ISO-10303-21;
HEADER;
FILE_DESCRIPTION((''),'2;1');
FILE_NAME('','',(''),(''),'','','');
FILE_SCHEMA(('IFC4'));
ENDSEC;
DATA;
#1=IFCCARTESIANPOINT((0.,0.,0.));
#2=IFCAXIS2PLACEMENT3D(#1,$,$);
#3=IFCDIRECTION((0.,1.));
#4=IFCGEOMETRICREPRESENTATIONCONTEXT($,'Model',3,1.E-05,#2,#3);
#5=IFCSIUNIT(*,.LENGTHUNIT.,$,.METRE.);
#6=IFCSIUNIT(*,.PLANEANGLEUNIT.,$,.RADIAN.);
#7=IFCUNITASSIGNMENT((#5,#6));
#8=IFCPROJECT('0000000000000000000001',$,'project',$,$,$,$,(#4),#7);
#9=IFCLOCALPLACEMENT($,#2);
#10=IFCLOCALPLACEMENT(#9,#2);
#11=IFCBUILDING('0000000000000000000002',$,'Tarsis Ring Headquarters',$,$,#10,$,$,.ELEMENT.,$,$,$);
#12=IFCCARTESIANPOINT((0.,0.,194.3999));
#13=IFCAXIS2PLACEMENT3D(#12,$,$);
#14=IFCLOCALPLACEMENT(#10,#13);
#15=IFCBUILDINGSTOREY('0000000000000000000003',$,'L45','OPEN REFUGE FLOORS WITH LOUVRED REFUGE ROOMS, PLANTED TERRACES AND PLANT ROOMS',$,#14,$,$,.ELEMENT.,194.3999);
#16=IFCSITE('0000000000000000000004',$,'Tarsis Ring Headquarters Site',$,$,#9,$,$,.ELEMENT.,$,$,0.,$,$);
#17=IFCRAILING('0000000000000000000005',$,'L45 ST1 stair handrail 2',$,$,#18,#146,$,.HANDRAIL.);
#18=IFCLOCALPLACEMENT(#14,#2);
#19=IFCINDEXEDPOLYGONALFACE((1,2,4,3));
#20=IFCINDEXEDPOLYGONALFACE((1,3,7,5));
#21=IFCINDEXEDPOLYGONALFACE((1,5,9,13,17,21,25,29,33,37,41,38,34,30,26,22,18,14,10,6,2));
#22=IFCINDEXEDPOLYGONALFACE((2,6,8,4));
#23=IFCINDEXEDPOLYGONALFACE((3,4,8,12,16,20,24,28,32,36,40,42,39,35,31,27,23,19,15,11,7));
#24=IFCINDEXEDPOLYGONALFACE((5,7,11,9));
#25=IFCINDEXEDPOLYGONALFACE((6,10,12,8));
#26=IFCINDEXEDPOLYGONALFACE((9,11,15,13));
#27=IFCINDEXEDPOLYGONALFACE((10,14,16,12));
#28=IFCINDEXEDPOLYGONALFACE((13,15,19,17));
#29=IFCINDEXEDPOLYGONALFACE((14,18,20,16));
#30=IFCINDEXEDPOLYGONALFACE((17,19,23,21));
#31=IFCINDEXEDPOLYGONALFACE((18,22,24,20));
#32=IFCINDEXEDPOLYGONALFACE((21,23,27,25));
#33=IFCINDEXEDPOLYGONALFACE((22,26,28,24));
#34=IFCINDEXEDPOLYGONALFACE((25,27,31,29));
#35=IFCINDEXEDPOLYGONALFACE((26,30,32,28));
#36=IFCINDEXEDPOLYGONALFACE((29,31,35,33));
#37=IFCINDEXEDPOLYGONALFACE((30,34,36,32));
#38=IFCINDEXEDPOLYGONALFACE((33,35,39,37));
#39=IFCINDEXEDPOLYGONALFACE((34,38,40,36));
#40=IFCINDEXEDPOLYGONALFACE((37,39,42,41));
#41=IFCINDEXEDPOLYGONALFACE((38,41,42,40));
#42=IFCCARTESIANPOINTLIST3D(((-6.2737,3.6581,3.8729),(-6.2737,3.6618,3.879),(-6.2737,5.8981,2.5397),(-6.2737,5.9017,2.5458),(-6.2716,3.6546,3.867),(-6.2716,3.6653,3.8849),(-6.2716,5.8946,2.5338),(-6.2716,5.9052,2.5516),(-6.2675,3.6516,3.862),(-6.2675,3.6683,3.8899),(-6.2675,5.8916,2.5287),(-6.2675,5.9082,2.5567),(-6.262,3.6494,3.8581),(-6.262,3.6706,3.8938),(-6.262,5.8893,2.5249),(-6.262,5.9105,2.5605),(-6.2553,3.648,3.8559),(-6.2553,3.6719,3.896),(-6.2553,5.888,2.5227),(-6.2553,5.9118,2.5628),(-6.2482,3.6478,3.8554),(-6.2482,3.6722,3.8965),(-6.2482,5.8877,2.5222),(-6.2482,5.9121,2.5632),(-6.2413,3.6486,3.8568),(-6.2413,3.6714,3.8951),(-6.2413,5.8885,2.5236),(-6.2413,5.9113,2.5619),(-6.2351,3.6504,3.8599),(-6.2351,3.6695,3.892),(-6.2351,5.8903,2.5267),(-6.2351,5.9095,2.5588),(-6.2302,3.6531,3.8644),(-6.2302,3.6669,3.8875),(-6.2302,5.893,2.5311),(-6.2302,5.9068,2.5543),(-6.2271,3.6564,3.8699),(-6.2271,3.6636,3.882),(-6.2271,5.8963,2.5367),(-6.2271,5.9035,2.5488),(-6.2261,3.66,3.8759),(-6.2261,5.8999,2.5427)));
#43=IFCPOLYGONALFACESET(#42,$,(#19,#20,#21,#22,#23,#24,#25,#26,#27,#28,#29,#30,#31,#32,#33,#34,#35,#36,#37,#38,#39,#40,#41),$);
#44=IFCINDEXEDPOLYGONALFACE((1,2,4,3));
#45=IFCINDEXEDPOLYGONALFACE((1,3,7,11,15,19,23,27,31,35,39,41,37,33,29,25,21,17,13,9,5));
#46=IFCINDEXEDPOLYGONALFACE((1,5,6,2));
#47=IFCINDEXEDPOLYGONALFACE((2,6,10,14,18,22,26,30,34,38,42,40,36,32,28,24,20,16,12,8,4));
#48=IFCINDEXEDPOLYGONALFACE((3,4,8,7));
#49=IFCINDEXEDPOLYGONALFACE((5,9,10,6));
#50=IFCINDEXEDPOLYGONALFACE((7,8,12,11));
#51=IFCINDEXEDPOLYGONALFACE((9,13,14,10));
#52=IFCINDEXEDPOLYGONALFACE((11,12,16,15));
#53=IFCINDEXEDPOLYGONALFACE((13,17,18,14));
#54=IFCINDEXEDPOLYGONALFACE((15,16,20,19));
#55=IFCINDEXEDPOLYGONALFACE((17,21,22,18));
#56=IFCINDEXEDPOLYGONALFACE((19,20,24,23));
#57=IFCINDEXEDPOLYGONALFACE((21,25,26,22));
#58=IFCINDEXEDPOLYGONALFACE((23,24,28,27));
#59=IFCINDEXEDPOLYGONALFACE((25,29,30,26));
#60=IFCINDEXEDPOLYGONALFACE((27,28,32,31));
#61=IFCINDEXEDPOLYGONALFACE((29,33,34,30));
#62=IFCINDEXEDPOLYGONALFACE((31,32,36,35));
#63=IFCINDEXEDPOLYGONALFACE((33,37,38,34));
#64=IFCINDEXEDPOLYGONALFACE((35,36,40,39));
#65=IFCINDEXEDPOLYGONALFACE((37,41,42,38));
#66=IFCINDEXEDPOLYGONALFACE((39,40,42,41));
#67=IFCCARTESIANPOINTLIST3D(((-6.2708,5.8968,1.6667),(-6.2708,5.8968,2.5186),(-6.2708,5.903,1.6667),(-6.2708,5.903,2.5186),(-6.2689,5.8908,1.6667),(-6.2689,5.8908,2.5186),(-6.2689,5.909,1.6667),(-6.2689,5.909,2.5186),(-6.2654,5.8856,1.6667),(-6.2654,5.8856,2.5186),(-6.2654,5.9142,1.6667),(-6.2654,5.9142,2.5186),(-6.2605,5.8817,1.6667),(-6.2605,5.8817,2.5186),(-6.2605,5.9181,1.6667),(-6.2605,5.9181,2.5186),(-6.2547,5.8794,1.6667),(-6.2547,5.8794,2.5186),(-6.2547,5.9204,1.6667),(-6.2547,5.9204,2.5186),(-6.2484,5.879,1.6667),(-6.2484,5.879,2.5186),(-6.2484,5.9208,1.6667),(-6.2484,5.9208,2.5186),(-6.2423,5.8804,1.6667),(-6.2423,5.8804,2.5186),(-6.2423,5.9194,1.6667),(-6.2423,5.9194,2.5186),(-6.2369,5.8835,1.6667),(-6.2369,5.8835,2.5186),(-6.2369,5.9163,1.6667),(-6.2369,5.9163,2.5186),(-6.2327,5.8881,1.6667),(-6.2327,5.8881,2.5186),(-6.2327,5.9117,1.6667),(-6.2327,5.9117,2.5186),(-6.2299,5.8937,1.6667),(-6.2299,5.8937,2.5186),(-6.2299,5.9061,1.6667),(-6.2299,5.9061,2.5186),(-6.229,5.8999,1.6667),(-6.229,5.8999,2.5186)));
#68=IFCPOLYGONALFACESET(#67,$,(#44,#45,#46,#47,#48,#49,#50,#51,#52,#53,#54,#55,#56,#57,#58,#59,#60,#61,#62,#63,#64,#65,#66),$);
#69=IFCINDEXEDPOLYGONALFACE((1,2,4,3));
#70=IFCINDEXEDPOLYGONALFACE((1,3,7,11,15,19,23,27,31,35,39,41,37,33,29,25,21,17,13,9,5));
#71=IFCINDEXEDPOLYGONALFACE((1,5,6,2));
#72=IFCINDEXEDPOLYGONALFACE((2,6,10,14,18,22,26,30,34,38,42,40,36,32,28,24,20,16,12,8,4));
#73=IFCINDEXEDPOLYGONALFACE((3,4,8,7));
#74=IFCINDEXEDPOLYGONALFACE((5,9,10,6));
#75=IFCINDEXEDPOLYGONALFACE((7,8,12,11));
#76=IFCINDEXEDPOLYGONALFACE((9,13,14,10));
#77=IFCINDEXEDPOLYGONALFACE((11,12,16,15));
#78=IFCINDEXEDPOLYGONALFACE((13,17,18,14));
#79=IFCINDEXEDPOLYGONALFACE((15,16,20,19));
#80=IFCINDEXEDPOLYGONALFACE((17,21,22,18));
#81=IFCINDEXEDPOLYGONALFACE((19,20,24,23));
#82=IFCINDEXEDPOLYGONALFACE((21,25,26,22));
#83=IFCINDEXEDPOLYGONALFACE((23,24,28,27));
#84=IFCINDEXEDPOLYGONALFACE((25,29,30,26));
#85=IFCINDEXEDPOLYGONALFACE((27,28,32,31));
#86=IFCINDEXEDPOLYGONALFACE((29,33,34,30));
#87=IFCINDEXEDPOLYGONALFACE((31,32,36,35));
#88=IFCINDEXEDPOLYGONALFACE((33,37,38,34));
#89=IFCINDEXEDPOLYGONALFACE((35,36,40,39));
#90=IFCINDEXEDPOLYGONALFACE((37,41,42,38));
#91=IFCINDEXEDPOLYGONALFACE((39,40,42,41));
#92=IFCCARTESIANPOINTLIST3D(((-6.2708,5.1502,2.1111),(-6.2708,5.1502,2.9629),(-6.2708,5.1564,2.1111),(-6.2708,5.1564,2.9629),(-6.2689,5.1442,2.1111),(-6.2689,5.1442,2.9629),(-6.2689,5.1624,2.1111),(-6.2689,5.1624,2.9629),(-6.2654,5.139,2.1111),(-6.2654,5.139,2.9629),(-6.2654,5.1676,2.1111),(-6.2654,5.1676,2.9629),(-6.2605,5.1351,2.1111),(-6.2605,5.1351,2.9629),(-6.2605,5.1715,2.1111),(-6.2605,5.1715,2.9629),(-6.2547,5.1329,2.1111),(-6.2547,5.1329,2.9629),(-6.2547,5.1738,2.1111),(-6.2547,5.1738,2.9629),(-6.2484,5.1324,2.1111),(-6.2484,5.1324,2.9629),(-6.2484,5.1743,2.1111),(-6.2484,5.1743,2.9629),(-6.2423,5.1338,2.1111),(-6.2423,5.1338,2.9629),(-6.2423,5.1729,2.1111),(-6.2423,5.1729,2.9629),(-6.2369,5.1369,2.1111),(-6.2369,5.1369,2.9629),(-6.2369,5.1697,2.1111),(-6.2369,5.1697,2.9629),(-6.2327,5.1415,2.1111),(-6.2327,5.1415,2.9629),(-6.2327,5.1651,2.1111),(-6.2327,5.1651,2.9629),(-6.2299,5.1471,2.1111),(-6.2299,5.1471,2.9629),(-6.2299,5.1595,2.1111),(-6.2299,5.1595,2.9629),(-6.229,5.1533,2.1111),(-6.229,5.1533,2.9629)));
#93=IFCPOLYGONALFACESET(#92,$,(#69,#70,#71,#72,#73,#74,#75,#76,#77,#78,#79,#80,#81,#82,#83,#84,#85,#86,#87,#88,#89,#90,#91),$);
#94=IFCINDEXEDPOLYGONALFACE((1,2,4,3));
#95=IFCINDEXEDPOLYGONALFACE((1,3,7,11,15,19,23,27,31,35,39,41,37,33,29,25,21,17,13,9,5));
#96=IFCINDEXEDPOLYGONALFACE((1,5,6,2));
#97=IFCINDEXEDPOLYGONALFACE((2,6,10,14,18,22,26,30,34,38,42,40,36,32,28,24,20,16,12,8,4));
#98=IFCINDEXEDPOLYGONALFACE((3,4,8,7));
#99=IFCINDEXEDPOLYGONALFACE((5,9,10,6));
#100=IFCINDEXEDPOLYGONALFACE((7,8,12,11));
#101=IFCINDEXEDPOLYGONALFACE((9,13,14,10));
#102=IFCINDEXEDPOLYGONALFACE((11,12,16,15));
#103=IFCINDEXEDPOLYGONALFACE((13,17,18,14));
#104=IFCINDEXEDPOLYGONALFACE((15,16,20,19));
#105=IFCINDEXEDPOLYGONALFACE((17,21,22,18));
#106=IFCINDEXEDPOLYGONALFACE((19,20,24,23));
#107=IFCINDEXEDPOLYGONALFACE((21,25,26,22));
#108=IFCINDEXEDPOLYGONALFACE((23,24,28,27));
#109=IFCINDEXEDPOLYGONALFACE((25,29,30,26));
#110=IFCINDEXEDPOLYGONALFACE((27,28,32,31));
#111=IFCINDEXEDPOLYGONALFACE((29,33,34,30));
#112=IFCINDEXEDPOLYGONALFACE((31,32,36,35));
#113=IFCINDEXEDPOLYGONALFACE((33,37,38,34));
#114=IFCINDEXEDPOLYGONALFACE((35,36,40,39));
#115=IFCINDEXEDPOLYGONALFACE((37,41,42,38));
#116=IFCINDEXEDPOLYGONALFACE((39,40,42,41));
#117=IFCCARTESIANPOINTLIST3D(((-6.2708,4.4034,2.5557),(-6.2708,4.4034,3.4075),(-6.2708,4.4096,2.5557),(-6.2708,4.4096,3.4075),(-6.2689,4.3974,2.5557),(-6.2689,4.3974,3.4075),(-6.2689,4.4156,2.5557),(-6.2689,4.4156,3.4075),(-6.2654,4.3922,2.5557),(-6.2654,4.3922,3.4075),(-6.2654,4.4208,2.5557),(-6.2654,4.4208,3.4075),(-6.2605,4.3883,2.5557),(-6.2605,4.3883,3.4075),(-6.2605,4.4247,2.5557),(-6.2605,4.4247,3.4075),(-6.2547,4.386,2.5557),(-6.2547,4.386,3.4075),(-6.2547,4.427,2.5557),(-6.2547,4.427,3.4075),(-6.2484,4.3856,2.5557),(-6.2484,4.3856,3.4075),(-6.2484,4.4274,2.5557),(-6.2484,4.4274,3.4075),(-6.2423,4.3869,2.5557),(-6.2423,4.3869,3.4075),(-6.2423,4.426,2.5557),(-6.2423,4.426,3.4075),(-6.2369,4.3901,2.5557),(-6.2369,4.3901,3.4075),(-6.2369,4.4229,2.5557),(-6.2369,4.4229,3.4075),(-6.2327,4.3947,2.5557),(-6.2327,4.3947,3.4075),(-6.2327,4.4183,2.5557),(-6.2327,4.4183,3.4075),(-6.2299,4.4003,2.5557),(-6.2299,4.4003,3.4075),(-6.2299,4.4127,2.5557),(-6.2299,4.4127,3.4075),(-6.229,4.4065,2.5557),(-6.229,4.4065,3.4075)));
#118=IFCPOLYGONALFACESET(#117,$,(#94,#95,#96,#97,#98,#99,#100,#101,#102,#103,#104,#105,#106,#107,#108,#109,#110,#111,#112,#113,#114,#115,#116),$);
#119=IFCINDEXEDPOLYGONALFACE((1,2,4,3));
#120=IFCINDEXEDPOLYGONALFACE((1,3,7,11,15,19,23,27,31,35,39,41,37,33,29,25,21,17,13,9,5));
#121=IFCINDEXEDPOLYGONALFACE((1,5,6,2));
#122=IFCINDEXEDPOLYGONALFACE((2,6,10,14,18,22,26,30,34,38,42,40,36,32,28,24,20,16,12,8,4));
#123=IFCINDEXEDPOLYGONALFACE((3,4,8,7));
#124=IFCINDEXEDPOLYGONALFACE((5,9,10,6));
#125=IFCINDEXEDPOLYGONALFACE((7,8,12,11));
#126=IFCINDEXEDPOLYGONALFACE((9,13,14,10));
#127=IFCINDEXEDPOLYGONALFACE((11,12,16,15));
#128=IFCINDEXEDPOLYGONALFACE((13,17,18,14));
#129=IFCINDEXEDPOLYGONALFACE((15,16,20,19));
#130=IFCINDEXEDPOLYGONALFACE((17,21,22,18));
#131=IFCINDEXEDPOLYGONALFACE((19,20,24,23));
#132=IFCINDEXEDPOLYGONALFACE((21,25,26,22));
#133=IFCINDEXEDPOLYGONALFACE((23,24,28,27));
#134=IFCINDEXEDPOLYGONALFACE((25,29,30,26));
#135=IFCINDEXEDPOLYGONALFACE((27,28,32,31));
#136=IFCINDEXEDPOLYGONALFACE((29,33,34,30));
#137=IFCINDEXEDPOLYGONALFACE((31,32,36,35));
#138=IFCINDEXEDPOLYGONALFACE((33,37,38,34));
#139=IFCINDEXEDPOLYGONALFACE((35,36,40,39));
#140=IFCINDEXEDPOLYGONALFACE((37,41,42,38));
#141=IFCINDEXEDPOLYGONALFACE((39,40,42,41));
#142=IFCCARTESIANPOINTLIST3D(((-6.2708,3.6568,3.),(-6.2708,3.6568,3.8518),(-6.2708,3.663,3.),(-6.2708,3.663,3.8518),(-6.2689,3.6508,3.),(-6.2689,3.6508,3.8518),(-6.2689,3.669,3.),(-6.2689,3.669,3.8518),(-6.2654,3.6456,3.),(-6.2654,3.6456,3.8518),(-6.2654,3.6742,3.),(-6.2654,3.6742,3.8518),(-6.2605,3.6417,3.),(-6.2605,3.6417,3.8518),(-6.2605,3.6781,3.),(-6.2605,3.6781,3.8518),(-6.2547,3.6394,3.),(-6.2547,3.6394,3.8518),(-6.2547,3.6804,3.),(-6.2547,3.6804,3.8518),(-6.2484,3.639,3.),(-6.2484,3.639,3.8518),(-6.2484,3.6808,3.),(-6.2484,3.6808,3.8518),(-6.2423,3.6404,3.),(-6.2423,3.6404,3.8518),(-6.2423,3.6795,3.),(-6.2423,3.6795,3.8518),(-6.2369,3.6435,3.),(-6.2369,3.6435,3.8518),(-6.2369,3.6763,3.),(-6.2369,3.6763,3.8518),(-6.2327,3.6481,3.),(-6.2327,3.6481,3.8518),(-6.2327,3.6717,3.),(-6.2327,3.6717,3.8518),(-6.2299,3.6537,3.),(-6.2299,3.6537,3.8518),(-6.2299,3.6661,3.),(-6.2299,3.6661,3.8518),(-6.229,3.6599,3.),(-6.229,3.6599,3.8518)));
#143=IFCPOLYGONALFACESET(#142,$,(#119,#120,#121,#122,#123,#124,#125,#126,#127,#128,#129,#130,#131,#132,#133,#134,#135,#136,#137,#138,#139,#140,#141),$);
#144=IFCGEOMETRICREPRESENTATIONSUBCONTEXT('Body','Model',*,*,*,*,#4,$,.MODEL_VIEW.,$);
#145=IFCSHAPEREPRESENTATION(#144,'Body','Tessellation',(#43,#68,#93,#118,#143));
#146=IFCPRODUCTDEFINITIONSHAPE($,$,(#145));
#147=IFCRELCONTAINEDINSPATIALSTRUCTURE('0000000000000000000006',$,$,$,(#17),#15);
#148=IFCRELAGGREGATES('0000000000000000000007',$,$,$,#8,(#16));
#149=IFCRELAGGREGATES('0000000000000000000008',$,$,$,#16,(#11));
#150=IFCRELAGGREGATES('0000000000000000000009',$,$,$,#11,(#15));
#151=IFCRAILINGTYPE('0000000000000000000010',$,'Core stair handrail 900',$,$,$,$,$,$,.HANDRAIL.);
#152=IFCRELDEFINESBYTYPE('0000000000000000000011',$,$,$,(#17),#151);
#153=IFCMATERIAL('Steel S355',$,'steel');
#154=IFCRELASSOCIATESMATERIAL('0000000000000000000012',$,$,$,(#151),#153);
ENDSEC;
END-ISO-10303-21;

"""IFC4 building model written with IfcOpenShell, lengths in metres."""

from ifc_helpers import new_model, si_unit, direction, frame, origin, origin_2d, place, context, subcontext, project, spatial, circle, extrude, material, type_object, element, save


model = new_model("IFC4")

# Units and contexts
model_context = context("Model", 3, precision=1e-05, world=origin(), true_north=direction((0.0, 1.0)))
body_context = subcontext(model_context, "Body", "Model", "MODEL_VIEW")
ifc_project = project(units=[si_unit("LENGTHUNIT", "METRE"), si_unit("PLANEANGLEUNIT", "RADIAN")], contexts=[model_context])

# Site, building, storey
site_placement = place(None, origin())
site = spatial("IfcSite", under=ifc_project, at=site_placement, Name="Tarsis Ring Headquarters Site", CompositionType="ELEMENT", RefElevation=0.0)
building_placement = place(site_placement, origin())
building = spatial("IfcBuilding", under=site, at=building_placement, Name="Tarsis Ring Headquarters", CompositionType="ELEMENT")
storey_placement = place(building_placement, frame((0.0, 0.0, 194.3999)))
storey = spatial("IfcBuildingStorey", under=building, at=storey_placement, Name="L45", Description="OPEN REFUGE FLOORS WITH LOUVRED REFUGE ROOMS, PLANTED TERRACES AND PLANT ROOMS", CompositionType="ELEMENT", Elevation=194.3999)

# Shared definitions
ifc_material_1 = material(Name="Steel S355", Category="steel")

# Railing
railing_type = type_object("IfcRailingType", Name="Core stair handrail 900", PredefinedType="HANDRAIL", material=ifc_material_1)
for number, where, name in (
    (1, (-6.25, 5.8999, 1.6667), "L45 ST1 stair handrail 2"),
):
    element("IfcRailing", number, at=place(storey_placement, frame(where)), inside=storey, type_object=railing_type, Name=name, PredefinedType="HANDRAIL", context=body_context, shape_type="SweptSolid", body=[
        extrude(circle(Radius=0.0239, at=origin_2d()), frame((0.0, 0.0, 0.876), z_axis=(0.0, -0.859306, 0.511462), x_axis=(1.0, 0.0, 0.0)), (0.0, 0.0, 1.0), 2.6067),
        extrude(circle(Radius=0.021, at=origin_2d()), origin(), (0.0, 0.0, 1.0), 0.8518),
        extrude(circle(Radius=0.021, at=origin_2d()), frame((0.0, -0.7466, 0.4443)), (0.0, 0.0, 1.0), 0.8518),
        extrude(circle(Radius=0.021, at=origin_2d()), frame((0.0, -1.4934, 0.8889)), (0.0, 0.0, 1.0), 0.8518),
        extrude(circle(Radius=0.021, at=origin_2d()), frame((0.0, -2.24, 1.3333)), (0.0, 0.0, 1.0), 0.8518),
    ])

save(model, "model.ifc")
